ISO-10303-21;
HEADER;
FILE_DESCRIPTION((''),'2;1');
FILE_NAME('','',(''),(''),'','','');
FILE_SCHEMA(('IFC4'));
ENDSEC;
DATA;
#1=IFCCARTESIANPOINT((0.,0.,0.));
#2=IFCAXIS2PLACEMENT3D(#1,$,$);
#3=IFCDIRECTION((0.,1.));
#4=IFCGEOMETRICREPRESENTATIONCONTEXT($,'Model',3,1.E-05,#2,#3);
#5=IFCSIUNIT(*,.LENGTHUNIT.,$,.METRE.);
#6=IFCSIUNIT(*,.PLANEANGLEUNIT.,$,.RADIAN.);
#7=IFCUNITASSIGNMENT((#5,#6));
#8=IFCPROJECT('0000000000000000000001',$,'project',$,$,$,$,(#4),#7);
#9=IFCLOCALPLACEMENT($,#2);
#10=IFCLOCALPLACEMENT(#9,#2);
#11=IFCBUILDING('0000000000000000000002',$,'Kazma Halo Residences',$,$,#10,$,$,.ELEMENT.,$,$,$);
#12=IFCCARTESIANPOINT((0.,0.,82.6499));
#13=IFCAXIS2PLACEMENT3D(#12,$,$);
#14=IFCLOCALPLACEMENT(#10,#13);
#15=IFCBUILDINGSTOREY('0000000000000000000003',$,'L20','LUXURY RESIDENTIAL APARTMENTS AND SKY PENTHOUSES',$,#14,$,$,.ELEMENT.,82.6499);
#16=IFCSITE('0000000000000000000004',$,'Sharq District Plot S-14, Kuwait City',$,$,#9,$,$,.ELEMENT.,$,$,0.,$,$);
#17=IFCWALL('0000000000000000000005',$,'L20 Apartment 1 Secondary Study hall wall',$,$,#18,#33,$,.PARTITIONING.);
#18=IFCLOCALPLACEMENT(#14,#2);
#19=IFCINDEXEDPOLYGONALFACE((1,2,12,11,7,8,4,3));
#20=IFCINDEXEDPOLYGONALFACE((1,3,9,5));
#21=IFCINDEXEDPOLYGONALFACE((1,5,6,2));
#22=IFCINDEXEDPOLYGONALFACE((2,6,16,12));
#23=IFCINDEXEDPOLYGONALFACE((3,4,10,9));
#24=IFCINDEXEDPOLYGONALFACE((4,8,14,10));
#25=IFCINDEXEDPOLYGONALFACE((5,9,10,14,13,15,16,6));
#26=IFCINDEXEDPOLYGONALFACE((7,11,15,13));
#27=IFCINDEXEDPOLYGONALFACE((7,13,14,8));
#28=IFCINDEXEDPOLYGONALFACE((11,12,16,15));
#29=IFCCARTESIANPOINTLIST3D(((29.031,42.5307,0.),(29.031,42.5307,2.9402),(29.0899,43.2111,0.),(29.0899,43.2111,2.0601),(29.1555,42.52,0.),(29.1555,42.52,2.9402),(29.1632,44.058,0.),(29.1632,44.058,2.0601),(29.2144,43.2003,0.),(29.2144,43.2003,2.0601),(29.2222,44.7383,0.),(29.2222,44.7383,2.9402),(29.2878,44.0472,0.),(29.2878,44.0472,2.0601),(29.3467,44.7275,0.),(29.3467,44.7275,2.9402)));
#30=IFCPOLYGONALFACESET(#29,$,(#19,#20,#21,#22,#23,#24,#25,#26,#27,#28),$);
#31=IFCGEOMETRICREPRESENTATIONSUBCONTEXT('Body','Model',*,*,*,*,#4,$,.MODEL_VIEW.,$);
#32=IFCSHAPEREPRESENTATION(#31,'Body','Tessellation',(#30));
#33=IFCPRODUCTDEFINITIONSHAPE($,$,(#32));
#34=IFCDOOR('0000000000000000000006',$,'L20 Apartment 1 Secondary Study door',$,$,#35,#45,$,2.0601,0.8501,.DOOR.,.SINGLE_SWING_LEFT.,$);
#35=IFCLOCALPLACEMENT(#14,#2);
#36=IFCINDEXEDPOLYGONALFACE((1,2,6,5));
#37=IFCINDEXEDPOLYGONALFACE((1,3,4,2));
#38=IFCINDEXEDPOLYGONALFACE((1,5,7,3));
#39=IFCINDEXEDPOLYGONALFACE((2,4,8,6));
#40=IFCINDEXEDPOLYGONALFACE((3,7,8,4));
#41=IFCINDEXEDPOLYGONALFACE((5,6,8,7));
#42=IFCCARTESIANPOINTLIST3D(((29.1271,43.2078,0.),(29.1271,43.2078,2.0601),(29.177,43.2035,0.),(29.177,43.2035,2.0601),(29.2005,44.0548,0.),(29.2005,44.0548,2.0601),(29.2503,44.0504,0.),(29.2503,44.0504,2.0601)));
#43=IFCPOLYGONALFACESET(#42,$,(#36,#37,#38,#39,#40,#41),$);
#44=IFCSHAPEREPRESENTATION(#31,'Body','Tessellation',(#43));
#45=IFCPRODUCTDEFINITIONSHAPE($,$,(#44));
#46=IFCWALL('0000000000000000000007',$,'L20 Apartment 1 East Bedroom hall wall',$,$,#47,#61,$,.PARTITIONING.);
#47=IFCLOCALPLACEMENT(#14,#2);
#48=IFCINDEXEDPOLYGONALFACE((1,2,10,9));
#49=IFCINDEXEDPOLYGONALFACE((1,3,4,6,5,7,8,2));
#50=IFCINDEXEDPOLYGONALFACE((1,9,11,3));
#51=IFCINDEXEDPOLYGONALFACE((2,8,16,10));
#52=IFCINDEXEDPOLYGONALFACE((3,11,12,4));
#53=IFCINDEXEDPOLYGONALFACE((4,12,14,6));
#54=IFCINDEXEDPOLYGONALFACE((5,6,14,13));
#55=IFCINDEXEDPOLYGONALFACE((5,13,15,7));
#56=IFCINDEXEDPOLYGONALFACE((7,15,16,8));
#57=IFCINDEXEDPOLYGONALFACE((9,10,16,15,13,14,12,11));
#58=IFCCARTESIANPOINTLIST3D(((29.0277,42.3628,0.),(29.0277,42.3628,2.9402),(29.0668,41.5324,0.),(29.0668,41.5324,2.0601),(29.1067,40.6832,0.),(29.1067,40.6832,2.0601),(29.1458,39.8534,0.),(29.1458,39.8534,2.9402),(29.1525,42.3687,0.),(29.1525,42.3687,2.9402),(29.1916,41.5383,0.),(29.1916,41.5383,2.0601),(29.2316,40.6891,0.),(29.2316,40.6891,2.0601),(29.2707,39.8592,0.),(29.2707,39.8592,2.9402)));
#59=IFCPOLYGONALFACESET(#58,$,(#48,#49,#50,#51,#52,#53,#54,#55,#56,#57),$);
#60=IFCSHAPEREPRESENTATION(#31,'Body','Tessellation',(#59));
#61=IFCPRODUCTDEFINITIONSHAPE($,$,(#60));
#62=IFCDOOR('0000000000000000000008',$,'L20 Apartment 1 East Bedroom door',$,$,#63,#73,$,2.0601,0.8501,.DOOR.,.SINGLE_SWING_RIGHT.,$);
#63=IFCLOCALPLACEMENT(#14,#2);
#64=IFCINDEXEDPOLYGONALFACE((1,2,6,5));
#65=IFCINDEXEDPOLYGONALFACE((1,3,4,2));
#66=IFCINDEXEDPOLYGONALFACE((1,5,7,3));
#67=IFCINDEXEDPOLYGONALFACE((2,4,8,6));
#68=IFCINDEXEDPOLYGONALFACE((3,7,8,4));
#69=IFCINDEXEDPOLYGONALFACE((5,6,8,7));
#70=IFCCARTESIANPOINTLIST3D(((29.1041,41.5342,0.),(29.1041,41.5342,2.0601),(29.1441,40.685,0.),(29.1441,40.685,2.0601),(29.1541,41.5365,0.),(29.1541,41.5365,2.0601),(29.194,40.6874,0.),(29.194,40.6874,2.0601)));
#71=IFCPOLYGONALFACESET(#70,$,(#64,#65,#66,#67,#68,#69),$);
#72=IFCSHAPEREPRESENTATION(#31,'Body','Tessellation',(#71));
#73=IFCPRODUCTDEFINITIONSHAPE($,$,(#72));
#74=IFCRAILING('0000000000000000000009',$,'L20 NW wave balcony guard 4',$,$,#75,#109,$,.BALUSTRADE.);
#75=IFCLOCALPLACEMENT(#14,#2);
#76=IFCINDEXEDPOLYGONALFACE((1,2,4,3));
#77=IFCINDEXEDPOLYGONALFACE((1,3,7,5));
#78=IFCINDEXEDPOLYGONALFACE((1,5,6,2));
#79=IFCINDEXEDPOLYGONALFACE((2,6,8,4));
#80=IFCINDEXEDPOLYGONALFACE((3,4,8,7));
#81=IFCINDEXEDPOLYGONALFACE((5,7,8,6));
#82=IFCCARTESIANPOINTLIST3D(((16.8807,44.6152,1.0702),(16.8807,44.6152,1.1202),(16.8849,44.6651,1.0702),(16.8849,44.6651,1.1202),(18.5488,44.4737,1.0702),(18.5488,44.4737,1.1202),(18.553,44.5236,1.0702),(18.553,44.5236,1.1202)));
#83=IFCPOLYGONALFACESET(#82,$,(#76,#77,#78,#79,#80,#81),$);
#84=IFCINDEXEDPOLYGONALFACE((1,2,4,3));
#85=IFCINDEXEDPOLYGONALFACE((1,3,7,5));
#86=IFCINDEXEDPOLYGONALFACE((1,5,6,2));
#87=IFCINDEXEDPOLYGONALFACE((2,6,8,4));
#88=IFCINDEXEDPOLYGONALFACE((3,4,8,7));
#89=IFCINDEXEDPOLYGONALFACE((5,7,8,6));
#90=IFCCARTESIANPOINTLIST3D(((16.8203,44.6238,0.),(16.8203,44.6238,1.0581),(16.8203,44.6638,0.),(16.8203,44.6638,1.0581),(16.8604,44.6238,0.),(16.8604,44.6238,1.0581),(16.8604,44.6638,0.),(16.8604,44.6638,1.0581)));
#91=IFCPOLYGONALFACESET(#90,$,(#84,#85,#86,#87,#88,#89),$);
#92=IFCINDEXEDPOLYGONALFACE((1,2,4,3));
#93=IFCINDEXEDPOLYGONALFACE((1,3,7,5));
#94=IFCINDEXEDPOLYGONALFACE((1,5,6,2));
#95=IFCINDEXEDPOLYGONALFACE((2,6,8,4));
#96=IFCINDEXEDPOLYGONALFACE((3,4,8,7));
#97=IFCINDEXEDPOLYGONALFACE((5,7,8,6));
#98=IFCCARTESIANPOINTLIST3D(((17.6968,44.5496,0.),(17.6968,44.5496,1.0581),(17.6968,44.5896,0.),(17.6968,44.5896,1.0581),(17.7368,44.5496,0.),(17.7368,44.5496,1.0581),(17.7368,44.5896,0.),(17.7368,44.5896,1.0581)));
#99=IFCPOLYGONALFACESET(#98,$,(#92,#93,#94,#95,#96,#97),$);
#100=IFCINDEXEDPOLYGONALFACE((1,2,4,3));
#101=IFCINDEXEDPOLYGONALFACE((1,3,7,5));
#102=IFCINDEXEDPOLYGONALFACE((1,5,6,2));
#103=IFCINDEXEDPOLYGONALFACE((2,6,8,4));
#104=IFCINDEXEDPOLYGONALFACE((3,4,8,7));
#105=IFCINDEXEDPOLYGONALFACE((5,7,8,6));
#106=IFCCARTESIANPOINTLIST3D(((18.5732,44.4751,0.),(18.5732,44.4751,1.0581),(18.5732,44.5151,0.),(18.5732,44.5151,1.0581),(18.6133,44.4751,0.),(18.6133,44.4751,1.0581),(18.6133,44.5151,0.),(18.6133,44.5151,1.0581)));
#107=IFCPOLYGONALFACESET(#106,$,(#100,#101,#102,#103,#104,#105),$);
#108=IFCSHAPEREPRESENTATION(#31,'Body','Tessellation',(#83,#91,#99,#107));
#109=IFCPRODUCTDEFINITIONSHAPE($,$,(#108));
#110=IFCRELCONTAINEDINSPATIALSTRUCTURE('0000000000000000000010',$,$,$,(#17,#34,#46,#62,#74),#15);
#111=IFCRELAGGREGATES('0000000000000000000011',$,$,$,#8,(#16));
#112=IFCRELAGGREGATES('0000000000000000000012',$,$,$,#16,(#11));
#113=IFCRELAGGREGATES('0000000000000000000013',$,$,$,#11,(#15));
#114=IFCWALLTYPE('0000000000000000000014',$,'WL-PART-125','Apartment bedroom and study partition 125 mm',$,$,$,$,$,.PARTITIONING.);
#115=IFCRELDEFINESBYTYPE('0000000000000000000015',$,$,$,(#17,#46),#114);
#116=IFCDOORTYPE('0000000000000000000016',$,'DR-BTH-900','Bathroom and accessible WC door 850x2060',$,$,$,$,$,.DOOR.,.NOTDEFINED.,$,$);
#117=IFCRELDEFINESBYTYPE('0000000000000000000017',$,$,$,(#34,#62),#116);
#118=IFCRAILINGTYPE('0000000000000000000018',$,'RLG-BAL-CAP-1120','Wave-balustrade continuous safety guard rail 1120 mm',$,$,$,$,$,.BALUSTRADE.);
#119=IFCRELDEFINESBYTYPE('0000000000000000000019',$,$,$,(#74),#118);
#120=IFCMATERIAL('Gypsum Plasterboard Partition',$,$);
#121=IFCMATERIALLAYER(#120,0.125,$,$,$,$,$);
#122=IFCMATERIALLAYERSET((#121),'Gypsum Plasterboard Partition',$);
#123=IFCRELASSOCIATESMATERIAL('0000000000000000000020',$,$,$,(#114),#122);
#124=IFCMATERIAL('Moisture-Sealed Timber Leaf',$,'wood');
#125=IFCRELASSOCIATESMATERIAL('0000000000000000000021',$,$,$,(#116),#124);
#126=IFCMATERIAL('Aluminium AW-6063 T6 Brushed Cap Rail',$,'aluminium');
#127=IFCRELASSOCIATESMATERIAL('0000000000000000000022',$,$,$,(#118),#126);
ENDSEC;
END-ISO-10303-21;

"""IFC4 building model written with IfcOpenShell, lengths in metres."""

from ifc_helpers import new_model, si_unit, direction, frame, frame_2d, origin, origin_2d, place, context, subcontext, project, spatial, rectangle, extrude, material, layer, layer_set, type_object, element, fill, save


model = new_model("IFC4")

# Units and contexts
model_context = context("Model", 3, precision=1e-05, world=origin(), true_north=direction((0.0, 1.0)))
body_context = subcontext(model_context, "Body", "Model", "MODEL_VIEW")
ifc_project = project(units=[si_unit("LENGTHUNIT", "METRE"), si_unit("PLANEANGLEUNIT", "RADIAN")], contexts=[model_context])

# Site, building, storey
site_placement = place(None, origin())
site = spatial("IfcSite", under=ifc_project, at=site_placement, Name="Sharq District Plot S-14, Kuwait City", CompositionType="ELEMENT", RefElevation=0.0)
building_placement = place(site_placement, origin())
building = spatial("IfcBuilding", under=site, at=building_placement, Name="Kazma Halo Residences", CompositionType="ELEMENT")
storey_placement = place(building_placement, frame((0.0, 0.0, 82.6499)))
storey = spatial("IfcBuildingStorey", under=building, at=storey_placement, Name="L20", Description="LUXURY RESIDENTIAL APARTMENTS AND SKY PENTHOUSES", CompositionType="ELEMENT", Elevation=82.6499)

# Shared definitions
ifc_material_1 = material(Name="Gypsum Plasterboard Partition")
ifc_layer_1 = layer(ifc_material_1, 0.125)
ifc_layer_set_1 = layer_set([ifc_layer_1], Name="Gypsum Plasterboard Partition")
wall_type_1 = type_object("IfcWallType", Name="WL-PART-125", Description="Apartment bedroom and study partition 125 mm", PredefinedType="PARTITIONING", material=ifc_layer_set_1)

# Shared definitions
ifc_material_2 = material(Name="Moisture-Sealed Timber Leaf", Category="wood")
door_type = type_object("IfcDoorType", Name="DR-BTH-900", Description="Bathroom and accessible WC door 850x2060", OperationType="NOTDEFINED", PredefinedType="DOOR", material=ifc_material_2)

# Walls, openings, doors
wall_1_placement = place(storey_placement, frame((29.2844, 44.7329, 0.0), z_axis=(0.0, 0.0, 1.0), x_axis=(-0.086273, -0.996272, 0.0)))
wall_1 = element("IfcWall", 1, at=wall_1_placement, inside=storey, type_object=wall_type_1, Name="L20 Apartment 1 Secondary Study hall wall", PredefinedType="PARTITIONING", context=body_context, shape_type="SweptSolid", body=[
    extrude(rectangle(XDim=2.2158, YDim=0.125, at=frame_2d((1.1079, 0.0))), origin(), (0.0, 0.0, 1.0), 2.9402),
])
opening_1_placement = place(wall_1_placement, frame((0.6829, 0.0, 0.0)))
opening_1 = element("IfcOpeningElement", 2, at=opening_1_placement, cuts=wall_1, PredefinedType="OPENING", context=body_context, shape_type="SweptSolid", body=[
    extrude(rectangle(XDim=0.8501, YDim=2.0601, at=frame_2d((0.425, 1.03))), frame((0.0, 0.0725, 0.0), z_axis=(0.0, -1.0, 0.0), x_axis=(1.0, 0.0, 0.0)), (0.0, 0.0, 1.0), 0.145),
])
door_1_placement = place(opening_1_placement, origin())
door_1 = element("IfcDoor", 3, at=door_1_placement, inside=storey, type_object=door_type, Name="L20 Apartment 1 Secondary Study door", OperationType="SINGLE_SWING_LEFT", OverallHeight=2.0601, OverallWidth=0.8501, PredefinedType="DOOR", context=body_context, shape_type="SweptSolid", body=[
    extrude(rectangle(XDim=0.8501, YDim=2.0601, at=frame_2d((0.425, 1.03))), frame((0.0, 0.0249, 0.0), z_axis=(0.0, -1.0, 0.0), x_axis=(1.0, 0.0, 0.0)), (0.0, 0.0, 1.0), 0.05),
])
fill(opening_1, door_1)
wall_2_placement = place(storey_placement, frame((29.0901, 42.3657, 0.0), z_axis=(0.0, 0.0, 1.0), x_axis=(0.047034, -0.998893, 0.0)))
wall_2 = element("IfcWall", 4, at=wall_2_placement, inside=storey, type_object=wall_type_1, Name="L20 Apartment 1 East Bedroom hall wall", PredefinedType="PARTITIONING", context=body_context, shape_type="SweptSolid", body=[
    extrude(rectangle(XDim=2.5122, YDim=0.125, at=frame_2d((1.2561, 0.0))), origin(), (0.0, 0.0, 1.0), 2.9402),
])
opening_2_placement = place(wall_2_placement, frame((0.8313, 0.0, 0.0)))
opening_2 = element("IfcOpeningElement", 5, at=opening_2_placement, cuts=wall_2, PredefinedType="OPENING", context=body_context, shape_type="SweptSolid", body=[
    extrude(rectangle(XDim=0.8501, YDim=2.0601, at=frame_2d((0.425, 1.03))), frame((0.0, 0.0725, 0.0), z_axis=(0.0, -1.0, 0.0), x_axis=(1.0, 0.0, 0.0)), (0.0, 0.0, 1.0), 0.145),
])
door_2_placement = place(opening_2_placement, origin())
door_2 = element("IfcDoor", 6, at=door_2_placement, inside=storey, type_object=door_type, Name="L20 Apartment 1 East Bedroom door", OperationType="SINGLE_SWING_RIGHT", OverallHeight=2.0601, OverallWidth=0.8501, PredefinedType="DOOR", context=body_context, shape_type="SweptSolid", body=[
    extrude(rectangle(XDim=0.8501, YDim=2.0601, at=frame_2d((0.425, 1.03))), frame((0.0, 0.0249, 0.0), z_axis=(0.0, -1.0, 0.0), x_axis=(1.0, 0.0, 0.0)), (0.0, 0.0, 1.0), 0.05),
])
fill(opening_2, door_2)

# Railing
ifc_material_3 = material(Name="Aluminium AW-6063 T6 Brushed Cap Rail", Category="aluminium")
railing_type = type_object("IfcRailingType", Name="RLG-BAL-CAP-1120", Description="Wave-balustrade continuous safety guard rail 1120 mm", PredefinedType="BALUSTRADE", material=ifc_material_3)
railing_placement = place(storey_placement, frame((16.8403, 44.6438, 0.0)))
element("IfcRailing", 7, at=railing_placement, inside=storey, type_object=railing_type, Name="L20 NW wave balcony guard 4", PredefinedType="BALUSTRADE", context=body_context, shape_type="SweptSolid", body=[
    extrude(rectangle(XDim=0.05, YDim=0.05, at=origin_2d()), frame((0.0425, -0.0037, 1.0952), z_axis=(0.996422, -0.084515, 0.0), x_axis=(0.084515, 0.996422, 0.0)), (0.0, 0.0, 1.0), 1.6741),
    extrude(rectangle(XDim=0.04, YDim=0.04, at=origin_2d()), origin(), (0.0, 0.0, 1.0), 1.0581),
    extrude(rectangle(XDim=0.04, YDim=0.04, at=origin_2d()), frame((0.8765, -0.0742, 0.0)), (0.0, 0.0, 1.0), 1.0581),
    extrude(rectangle(XDim=0.04, YDim=0.04, at=origin_2d()), frame((1.7529, -0.1487, 0.0)), (0.0, 0.0, 1.0), 1.0581),
])

save(model, "model.ifc")
